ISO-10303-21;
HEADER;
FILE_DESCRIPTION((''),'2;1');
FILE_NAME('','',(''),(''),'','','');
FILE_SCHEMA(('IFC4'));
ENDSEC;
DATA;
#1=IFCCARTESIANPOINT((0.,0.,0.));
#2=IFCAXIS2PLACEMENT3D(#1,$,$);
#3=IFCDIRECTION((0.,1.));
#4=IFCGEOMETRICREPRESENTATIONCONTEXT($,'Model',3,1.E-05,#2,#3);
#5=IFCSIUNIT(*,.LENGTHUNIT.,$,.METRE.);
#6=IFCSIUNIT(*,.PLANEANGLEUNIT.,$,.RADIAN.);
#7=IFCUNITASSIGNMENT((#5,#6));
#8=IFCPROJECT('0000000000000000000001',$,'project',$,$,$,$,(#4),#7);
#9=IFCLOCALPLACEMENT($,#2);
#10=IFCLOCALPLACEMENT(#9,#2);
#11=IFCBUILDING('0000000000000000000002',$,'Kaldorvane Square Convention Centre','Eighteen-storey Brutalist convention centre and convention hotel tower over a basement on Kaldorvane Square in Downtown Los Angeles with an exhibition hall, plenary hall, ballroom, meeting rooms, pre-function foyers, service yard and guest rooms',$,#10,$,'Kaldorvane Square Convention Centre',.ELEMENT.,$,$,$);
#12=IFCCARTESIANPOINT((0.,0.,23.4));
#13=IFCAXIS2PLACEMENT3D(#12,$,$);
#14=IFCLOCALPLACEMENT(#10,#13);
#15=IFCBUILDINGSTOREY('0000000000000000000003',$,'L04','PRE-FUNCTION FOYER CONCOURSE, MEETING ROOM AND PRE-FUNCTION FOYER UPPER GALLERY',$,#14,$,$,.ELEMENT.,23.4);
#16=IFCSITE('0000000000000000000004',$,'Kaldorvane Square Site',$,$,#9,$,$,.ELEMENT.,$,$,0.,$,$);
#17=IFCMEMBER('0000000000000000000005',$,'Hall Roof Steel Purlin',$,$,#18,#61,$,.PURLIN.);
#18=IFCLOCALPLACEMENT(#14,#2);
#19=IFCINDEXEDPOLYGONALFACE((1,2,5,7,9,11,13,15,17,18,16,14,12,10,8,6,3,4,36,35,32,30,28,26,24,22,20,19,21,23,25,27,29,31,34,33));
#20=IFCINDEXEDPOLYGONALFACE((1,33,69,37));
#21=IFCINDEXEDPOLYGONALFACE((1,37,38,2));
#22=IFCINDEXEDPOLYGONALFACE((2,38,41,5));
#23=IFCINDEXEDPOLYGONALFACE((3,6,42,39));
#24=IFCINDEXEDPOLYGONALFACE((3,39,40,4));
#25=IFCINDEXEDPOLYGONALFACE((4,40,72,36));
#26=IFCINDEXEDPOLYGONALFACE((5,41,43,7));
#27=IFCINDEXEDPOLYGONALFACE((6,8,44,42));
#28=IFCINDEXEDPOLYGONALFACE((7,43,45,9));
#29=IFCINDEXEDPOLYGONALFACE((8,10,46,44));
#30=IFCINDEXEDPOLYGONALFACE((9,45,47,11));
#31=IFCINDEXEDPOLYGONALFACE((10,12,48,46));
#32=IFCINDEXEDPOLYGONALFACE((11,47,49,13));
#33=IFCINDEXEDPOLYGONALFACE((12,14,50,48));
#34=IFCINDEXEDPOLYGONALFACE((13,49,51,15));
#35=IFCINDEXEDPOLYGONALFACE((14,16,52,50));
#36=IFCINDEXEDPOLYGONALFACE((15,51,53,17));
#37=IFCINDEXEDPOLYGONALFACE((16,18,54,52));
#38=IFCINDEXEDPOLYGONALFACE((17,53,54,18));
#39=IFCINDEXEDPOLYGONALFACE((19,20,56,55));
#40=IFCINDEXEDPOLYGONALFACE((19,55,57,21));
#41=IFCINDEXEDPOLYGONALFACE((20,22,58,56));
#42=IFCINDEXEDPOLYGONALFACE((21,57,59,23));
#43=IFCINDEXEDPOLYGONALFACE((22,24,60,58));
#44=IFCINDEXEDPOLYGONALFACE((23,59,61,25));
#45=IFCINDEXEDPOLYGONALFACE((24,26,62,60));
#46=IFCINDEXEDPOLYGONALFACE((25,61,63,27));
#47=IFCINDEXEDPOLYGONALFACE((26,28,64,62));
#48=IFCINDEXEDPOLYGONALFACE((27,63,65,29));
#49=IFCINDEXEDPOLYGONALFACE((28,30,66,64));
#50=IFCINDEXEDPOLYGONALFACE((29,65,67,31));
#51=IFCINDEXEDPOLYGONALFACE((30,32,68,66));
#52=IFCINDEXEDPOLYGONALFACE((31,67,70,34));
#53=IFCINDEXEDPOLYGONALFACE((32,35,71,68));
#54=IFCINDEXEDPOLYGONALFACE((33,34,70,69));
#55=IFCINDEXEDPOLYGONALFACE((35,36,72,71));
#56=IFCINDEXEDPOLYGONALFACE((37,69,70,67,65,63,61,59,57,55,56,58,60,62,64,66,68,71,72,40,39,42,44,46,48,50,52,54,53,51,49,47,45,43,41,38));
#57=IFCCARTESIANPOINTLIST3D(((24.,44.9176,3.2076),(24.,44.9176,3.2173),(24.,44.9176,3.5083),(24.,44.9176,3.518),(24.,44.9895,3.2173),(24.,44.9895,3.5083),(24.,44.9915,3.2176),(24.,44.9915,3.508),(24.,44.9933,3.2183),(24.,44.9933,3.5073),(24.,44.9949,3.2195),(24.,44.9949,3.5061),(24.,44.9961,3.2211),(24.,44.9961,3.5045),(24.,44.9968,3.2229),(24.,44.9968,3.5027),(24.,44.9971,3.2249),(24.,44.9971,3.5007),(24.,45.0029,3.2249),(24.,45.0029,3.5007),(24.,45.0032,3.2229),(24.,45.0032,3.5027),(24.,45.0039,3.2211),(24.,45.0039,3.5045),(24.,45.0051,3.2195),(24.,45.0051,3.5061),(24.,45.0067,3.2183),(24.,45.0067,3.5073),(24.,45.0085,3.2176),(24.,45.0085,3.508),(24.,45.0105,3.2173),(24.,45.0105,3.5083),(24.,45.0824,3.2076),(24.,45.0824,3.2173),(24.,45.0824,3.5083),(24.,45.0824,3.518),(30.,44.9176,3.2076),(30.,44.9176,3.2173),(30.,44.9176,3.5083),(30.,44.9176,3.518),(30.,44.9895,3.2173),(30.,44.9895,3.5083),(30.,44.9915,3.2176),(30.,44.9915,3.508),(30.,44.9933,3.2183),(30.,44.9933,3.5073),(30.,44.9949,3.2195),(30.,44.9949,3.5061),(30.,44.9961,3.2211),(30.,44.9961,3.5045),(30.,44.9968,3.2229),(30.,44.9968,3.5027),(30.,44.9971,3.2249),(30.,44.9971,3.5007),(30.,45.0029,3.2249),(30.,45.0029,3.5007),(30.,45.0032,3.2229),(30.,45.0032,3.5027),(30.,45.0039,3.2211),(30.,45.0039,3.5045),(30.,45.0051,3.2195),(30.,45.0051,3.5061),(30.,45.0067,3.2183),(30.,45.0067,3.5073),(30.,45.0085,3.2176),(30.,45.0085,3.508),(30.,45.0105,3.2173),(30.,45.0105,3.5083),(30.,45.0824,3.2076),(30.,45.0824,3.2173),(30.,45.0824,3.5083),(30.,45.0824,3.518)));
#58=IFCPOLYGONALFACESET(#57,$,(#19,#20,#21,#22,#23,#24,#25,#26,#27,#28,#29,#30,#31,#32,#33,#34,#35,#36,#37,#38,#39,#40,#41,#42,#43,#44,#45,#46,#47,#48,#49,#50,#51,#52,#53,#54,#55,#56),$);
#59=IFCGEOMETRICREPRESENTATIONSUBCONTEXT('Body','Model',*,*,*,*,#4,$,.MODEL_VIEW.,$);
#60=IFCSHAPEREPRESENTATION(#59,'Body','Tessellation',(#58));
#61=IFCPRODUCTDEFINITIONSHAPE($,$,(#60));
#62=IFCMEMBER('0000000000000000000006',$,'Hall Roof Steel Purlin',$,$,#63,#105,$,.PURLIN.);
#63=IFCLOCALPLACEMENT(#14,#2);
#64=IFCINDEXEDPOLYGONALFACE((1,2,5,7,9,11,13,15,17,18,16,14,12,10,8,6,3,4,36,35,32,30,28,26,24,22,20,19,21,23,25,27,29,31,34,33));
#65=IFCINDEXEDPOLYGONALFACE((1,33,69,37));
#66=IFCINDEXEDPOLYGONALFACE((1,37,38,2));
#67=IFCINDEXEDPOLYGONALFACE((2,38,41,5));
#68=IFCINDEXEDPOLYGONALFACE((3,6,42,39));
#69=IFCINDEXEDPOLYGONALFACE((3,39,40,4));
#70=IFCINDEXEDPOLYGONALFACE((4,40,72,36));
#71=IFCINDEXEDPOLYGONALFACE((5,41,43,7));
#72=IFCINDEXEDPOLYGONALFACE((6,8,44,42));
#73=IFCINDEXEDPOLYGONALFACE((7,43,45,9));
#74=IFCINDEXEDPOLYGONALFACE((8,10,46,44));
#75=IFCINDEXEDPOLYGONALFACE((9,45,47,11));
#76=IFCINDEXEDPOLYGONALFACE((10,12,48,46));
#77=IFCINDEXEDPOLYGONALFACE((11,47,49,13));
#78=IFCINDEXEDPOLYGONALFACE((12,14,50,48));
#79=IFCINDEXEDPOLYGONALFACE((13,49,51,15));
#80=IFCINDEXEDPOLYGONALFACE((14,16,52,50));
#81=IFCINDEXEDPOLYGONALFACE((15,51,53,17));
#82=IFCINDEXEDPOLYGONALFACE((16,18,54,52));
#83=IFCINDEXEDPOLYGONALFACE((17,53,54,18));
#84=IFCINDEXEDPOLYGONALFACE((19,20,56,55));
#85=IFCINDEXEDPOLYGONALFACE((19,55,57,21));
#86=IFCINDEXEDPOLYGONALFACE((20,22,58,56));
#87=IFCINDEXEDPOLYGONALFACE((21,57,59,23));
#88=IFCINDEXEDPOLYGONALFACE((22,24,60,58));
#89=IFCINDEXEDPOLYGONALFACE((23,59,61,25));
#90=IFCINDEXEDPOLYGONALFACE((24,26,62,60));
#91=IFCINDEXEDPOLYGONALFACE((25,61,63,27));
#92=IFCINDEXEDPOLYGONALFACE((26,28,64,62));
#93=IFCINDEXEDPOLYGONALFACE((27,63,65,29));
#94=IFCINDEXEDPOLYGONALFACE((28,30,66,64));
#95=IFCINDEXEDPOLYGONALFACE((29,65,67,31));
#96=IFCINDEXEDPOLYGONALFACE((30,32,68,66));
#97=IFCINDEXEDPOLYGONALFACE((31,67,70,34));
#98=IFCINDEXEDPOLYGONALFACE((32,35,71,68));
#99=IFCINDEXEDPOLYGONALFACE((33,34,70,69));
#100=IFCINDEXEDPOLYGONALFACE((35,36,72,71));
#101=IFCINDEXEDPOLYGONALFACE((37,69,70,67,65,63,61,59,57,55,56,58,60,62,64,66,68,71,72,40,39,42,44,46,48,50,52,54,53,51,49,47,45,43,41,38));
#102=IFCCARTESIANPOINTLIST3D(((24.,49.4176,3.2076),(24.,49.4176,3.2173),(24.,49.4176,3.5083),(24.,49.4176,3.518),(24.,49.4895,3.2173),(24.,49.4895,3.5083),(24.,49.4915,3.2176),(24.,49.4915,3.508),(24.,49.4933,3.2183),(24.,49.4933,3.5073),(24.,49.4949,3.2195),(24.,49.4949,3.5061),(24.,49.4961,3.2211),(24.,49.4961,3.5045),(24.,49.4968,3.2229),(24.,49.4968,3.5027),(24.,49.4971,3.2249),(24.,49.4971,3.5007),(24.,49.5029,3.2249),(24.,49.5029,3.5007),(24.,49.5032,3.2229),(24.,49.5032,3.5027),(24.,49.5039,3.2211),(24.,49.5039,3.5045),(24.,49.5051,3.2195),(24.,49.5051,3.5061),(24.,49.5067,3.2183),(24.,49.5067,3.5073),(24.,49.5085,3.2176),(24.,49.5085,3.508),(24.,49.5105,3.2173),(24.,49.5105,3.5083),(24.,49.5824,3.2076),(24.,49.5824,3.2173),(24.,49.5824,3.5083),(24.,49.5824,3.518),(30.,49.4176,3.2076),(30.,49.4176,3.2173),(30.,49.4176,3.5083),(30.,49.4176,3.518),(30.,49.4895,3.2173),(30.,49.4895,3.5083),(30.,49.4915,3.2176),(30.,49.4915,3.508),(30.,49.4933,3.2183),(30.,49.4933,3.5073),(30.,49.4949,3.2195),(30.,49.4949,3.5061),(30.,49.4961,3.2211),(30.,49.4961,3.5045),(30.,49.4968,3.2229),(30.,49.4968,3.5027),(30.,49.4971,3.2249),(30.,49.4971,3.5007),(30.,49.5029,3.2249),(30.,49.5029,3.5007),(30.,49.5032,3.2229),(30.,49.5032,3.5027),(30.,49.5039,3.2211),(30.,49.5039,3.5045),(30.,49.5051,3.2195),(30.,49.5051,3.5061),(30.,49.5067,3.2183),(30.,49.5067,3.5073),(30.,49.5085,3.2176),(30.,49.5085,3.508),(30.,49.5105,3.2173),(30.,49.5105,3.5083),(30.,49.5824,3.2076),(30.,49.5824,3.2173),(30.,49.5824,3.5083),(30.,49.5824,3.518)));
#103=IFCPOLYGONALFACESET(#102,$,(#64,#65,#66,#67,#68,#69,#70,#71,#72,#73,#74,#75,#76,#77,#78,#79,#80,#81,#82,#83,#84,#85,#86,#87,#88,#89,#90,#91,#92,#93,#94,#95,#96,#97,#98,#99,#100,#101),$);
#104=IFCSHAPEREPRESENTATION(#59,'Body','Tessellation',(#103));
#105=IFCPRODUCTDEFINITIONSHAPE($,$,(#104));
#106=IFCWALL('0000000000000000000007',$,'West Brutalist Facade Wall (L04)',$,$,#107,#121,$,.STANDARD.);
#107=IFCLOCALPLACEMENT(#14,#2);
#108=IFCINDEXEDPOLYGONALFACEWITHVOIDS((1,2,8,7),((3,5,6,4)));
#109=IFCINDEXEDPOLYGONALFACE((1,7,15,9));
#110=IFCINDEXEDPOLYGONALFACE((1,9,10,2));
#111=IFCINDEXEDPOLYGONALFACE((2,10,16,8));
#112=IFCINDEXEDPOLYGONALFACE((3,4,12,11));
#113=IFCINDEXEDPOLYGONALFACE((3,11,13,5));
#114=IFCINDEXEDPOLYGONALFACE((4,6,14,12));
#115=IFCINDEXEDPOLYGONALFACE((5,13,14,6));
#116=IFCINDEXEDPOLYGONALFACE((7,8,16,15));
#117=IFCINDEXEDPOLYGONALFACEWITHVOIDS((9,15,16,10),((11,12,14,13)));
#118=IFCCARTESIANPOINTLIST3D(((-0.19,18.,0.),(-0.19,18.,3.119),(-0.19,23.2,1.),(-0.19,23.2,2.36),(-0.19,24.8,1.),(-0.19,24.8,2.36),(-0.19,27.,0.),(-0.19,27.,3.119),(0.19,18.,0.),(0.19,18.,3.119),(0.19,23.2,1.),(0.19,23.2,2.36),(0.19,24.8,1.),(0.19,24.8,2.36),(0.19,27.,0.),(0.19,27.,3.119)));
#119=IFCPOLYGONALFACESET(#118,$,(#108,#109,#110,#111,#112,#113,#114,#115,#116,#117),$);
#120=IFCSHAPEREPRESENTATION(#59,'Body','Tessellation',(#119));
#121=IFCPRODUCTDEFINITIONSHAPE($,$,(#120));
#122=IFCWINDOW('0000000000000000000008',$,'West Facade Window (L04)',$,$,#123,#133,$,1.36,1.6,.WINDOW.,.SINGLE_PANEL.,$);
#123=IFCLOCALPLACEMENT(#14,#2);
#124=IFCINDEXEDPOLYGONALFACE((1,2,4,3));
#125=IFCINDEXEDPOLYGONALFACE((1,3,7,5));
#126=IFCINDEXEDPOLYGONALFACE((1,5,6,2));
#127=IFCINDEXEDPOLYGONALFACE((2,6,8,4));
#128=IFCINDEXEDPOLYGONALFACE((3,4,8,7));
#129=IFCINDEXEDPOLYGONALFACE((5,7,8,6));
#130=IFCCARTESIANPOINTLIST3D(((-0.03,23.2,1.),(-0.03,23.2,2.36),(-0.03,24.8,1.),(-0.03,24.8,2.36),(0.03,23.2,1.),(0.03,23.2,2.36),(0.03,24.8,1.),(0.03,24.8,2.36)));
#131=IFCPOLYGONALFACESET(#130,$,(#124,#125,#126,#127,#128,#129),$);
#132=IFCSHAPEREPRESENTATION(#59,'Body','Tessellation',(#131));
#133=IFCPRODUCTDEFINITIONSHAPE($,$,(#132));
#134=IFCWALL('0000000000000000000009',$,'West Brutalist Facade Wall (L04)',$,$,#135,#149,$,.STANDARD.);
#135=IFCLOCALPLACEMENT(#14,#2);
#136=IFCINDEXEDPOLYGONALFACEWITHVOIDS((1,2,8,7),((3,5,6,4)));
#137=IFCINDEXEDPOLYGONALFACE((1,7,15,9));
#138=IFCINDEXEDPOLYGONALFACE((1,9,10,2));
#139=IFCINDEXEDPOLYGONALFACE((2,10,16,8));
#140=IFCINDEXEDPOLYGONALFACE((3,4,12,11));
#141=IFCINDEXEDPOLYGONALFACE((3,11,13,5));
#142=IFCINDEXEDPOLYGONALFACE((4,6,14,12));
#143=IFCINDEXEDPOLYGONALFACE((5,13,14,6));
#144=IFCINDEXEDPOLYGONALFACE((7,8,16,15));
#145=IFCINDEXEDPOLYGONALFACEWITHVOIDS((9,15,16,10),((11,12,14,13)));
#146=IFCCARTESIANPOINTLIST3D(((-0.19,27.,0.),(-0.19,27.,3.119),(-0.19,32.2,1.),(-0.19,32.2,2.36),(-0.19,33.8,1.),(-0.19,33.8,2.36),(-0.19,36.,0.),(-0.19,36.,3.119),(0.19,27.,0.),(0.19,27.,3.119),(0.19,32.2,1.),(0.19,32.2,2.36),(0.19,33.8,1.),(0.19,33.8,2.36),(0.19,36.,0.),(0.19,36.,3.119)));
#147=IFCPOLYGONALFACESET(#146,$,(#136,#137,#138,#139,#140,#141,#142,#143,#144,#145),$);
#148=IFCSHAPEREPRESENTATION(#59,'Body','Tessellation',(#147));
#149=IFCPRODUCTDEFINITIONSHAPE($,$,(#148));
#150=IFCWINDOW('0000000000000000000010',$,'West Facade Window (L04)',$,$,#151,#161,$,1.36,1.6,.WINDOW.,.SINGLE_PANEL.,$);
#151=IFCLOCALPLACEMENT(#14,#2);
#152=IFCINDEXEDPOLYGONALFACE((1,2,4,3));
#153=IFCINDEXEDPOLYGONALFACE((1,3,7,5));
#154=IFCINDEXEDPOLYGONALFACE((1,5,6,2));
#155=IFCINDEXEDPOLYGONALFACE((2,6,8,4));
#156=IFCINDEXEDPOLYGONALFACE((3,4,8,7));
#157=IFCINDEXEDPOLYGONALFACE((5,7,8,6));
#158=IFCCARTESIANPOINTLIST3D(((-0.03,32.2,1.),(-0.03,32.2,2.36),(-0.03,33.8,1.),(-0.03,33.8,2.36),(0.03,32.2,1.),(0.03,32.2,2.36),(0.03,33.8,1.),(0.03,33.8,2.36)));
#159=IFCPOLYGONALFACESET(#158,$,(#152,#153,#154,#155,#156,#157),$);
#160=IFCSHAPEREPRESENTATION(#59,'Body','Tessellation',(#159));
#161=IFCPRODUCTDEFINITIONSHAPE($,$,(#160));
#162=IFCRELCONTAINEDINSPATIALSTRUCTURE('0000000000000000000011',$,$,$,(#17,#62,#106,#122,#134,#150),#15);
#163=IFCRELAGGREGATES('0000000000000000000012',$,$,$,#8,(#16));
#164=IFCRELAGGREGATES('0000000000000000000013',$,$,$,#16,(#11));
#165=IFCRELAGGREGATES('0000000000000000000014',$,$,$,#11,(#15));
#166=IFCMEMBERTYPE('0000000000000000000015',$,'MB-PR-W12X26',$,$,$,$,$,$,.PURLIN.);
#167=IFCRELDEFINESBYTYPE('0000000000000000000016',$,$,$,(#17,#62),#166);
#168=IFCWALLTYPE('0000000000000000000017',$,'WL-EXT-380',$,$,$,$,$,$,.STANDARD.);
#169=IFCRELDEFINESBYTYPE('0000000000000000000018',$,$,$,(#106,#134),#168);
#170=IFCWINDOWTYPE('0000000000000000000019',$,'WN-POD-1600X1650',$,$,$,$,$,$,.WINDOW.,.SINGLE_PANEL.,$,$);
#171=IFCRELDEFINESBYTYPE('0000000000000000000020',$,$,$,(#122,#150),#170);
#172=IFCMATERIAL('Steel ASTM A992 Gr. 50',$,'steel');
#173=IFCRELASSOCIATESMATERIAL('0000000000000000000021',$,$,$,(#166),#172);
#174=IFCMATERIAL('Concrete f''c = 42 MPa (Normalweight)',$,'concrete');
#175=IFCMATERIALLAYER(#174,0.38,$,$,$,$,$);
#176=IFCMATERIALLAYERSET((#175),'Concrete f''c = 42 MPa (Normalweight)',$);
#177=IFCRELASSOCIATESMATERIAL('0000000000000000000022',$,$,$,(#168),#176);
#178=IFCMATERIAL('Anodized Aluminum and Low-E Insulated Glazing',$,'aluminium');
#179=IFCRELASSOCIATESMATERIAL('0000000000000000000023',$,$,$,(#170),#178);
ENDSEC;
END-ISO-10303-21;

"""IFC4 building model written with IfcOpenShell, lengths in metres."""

from ifc_helpers import new_model, si_unit, direction, frame, frame_2d, origin, origin_2d, place, context, subcontext, project, spatial, rectangle, i_section, extrude, material, layer, layer_set, material_profile, profile_set, type_object, element, fill, save


model = new_model("IFC4")

# Units and contexts
model_context = context("Model", 3, precision=1e-05, world=origin(), true_north=direction((0.0, 1.0)))
body_context = subcontext(model_context, "Body", "Model", "MODEL_VIEW")
ifc_project = project(units=[si_unit("LENGTHUNIT", "METRE"), si_unit("PLANEANGLEUNIT", "RADIAN")], contexts=[model_context])

# Site, building, storey
site_placement = place(None, origin())
site = spatial("IfcSite", under=ifc_project, at=site_placement, Name="Kaldorvane Square Site", CompositionType="ELEMENT", RefElevation=0.0)
building_placement = place(site_placement, origin())
building = spatial("IfcBuilding", under=site, at=building_placement, Name="Kaldorvane Square Convention Centre", Description="Eighteen-storey Brutalist convention centre and convention hotel tower over a basement on Kaldorvane Square in Downtown Los Angeles with an exhibition hall, plenary hall, ballroom, meeting rooms, pre-function foyers, service yard and guest rooms", LongName="Kaldorvane Square Convention Centre", CompositionType="ELEMENT")
storey_placement = place(building_placement, frame((0.0, 0.0, 23.4)))
storey = spatial("IfcBuildingStorey", under=building, at=storey_placement, Name="L04", Description="PRE-FUNCTION FOYER CONCOURSE, MEETING ROOM AND PRE-FUNCTION FOYER UPPER GALLERY", CompositionType="ELEMENT", Elevation=23.4)

# Shared definitions
ifc_material_1 = material(Name="Steel ASTM A992 Gr. 50", Category="steel")

# Members
ifc_material_profile_1 = material_profile(ifc_material_1, i_section(OverallWidth=0.1648, OverallDepth=0.3104, WebThickness=0.0058, FlangeThickness=0.0097, FilletRadius=0.0076, at=origin_2d()), Name="W12X26")
ifc_profile_set_1 = profile_set([ifc_material_profile_1], Name="Steel ASTM A992 Gr. 50")
member_type = type_object("IfcMemberType", Name="MB-PR-W12X26", PredefinedType="PURLIN", material=ifc_profile_set_1)
for number, where, z_axis, x_axis, name in (
    (1, (24.0, 45.0, 3.3628), (1.0, 0.0, 0.0), (0.0, 1.0, 0.0), "Hall Roof Steel Purlin"),
    (2, (24.0, 49.5, 3.3628), (1.0, 0.0, 0.0), (0.0, 1.0, 0.0), "Hall Roof Steel Purlin"),
):
    element("IfcMember", number, at=place(storey_placement, frame(where, z_axis=z_axis, x_axis=x_axis)), inside=storey, type_object=member_type, Name=name, PredefinedType="PURLIN", context=body_context, shape_type="SweptSolid", body=[
        extrude(i_section(OverallWidth=0.1648, OverallDepth=0.3104, WebThickness=0.0058, FlangeThickness=0.0097, FilletRadius=0.0076, at=origin_2d()), origin(), (0.0, 0.0, 1.0), 6.0),
    ])

# Walls, openings, windows
ifc_material_2 = material(Name="Concrete f'c = 42 MPa (Normalweight)", Category="concrete")
ifc_layer_1 = layer(ifc_material_2, 0.38)
ifc_layer_set_1 = layer_set([ifc_layer_1], Name="Concrete f'c = 42 MPa (Normalweight)")
wall_type_1 = type_object("IfcWallType", Name="WL-EXT-380", PredefinedType="STANDARD", material=ifc_layer_set_1)
wall_1_placement = place(storey_placement, frame((0.0, 27.0, 0.0), z_axis=(0.0, 0.0, 1.0), x_axis=(0.0, -1.0, 0.0)))
wall_1 = element("IfcWall", 3, at=wall_1_placement, inside=storey, type_object=wall_type_1, Name="West Brutalist Facade Wall (L04)", PredefinedType="STANDARD", context=body_context, shape_type="SweptSolid", body=[
    extrude(rectangle(XDim=9.0, YDim=0.38, at=frame_2d((4.5, 0.0))), origin(), (0.0, 0.0, 1.0), 3.119),
])
opening_1_placement = place(wall_1_placement, frame((2.2, 0.0, 1.0)))
opening_1 = element("IfcOpeningElement", 4, at=opening_1_placement, cuts=wall_1, PredefinedType="OPENING", context=body_context, shape_type="SweptSolid", body=[
    extrude(rectangle(XDim=1.6, YDim=1.36, at=frame_2d((0.8, 0.68))), frame((0.0, 0.205, 0.0), z_axis=(0.0, -1.0, 0.0), x_axis=(1.0, 0.0, 0.0)), (0.0, 0.0, 1.0), 0.41),
])
ifc_material_3 = material(Name="Anodized Aluminum and Low-E Insulated Glazing", Category="aluminium")
window_type = type_object("IfcWindowType", Name="WN-POD-1600X1650", PartitioningType="SINGLE_PANEL", PredefinedType="WINDOW", material=ifc_material_3)
window_1_placement = place(opening_1_placement, origin())
window_1 = element("IfcWindow", 5, at=window_1_placement, inside=storey, type_object=window_type, Name="West Facade Window (L04)", OverallHeight=1.36, OverallWidth=1.6, PartitioningType="SINGLE_PANEL", PredefinedType="WINDOW", context=body_context, shape_type="SweptSolid", body=[
    extrude(rectangle(XDim=1.6, YDim=1.36, at=frame_2d((0.8, 0.68))), frame((0.0, 0.03, 0.0), z_axis=(0.0, -1.0, 0.0), x_axis=(1.0, 0.0, 0.0)), (0.0, 0.0, 1.0), 0.06),
])
fill(opening_1, window_1)
wall_2_placement = place(storey_placement, frame((0.0, 36.0, 0.0), z_axis=(0.0, 0.0, 1.0), x_axis=(0.0, -1.0, 0.0)))
wall_2 = element("IfcWall", 6, at=wall_2_placement, inside=storey, type_object=wall_type_1, Name="West Brutalist Facade Wall (L04)", PredefinedType="STANDARD", context=body_context, shape_type="SweptSolid", body=[
    extrude(rectangle(XDim=9.0, YDim=0.38, at=frame_2d((4.5, 0.0))), origin(), (0.0, 0.0, 1.0), 3.119),
])
opening_2_placement = place(wall_2_placement, frame((2.2, 0.0, 1.0)))
opening_2 = element("IfcOpeningElement", 7, at=opening_2_placement, cuts=wall_2, PredefinedType="OPENING", context=body_context, shape_type="SweptSolid", body=[
    extrude(rectangle(XDim=1.6, YDim=1.36, at=frame_2d((0.8, 0.68))), frame((0.0, 0.205, 0.0), z_axis=(0.0, -1.0, 0.0), x_axis=(1.0, 0.0, 0.0)), (0.0, 0.0, 1.0), 0.41),
])
window_2_placement = place(opening_2_placement, origin())
window_2 = element("IfcWindow", 8, at=window_2_placement, inside=storey, type_object=window_type, Name="West Facade Window (L04)", OverallHeight=1.36, OverallWidth=1.6, PartitioningType="SINGLE_PANEL", PredefinedType="WINDOW", context=body_context, shape_type="SweptSolid", body=[
    extrude(rectangle(XDim=1.6, YDim=1.36, at=frame_2d((0.8, 0.68))), frame((0.0, 0.03, 0.0), z_axis=(0.0, -1.0, 0.0), x_axis=(1.0, 0.0, 0.0)), (0.0, 0.0, 1.0), 0.06),
])
fill(opening_2, window_2)

save(model, "model.ifc")
